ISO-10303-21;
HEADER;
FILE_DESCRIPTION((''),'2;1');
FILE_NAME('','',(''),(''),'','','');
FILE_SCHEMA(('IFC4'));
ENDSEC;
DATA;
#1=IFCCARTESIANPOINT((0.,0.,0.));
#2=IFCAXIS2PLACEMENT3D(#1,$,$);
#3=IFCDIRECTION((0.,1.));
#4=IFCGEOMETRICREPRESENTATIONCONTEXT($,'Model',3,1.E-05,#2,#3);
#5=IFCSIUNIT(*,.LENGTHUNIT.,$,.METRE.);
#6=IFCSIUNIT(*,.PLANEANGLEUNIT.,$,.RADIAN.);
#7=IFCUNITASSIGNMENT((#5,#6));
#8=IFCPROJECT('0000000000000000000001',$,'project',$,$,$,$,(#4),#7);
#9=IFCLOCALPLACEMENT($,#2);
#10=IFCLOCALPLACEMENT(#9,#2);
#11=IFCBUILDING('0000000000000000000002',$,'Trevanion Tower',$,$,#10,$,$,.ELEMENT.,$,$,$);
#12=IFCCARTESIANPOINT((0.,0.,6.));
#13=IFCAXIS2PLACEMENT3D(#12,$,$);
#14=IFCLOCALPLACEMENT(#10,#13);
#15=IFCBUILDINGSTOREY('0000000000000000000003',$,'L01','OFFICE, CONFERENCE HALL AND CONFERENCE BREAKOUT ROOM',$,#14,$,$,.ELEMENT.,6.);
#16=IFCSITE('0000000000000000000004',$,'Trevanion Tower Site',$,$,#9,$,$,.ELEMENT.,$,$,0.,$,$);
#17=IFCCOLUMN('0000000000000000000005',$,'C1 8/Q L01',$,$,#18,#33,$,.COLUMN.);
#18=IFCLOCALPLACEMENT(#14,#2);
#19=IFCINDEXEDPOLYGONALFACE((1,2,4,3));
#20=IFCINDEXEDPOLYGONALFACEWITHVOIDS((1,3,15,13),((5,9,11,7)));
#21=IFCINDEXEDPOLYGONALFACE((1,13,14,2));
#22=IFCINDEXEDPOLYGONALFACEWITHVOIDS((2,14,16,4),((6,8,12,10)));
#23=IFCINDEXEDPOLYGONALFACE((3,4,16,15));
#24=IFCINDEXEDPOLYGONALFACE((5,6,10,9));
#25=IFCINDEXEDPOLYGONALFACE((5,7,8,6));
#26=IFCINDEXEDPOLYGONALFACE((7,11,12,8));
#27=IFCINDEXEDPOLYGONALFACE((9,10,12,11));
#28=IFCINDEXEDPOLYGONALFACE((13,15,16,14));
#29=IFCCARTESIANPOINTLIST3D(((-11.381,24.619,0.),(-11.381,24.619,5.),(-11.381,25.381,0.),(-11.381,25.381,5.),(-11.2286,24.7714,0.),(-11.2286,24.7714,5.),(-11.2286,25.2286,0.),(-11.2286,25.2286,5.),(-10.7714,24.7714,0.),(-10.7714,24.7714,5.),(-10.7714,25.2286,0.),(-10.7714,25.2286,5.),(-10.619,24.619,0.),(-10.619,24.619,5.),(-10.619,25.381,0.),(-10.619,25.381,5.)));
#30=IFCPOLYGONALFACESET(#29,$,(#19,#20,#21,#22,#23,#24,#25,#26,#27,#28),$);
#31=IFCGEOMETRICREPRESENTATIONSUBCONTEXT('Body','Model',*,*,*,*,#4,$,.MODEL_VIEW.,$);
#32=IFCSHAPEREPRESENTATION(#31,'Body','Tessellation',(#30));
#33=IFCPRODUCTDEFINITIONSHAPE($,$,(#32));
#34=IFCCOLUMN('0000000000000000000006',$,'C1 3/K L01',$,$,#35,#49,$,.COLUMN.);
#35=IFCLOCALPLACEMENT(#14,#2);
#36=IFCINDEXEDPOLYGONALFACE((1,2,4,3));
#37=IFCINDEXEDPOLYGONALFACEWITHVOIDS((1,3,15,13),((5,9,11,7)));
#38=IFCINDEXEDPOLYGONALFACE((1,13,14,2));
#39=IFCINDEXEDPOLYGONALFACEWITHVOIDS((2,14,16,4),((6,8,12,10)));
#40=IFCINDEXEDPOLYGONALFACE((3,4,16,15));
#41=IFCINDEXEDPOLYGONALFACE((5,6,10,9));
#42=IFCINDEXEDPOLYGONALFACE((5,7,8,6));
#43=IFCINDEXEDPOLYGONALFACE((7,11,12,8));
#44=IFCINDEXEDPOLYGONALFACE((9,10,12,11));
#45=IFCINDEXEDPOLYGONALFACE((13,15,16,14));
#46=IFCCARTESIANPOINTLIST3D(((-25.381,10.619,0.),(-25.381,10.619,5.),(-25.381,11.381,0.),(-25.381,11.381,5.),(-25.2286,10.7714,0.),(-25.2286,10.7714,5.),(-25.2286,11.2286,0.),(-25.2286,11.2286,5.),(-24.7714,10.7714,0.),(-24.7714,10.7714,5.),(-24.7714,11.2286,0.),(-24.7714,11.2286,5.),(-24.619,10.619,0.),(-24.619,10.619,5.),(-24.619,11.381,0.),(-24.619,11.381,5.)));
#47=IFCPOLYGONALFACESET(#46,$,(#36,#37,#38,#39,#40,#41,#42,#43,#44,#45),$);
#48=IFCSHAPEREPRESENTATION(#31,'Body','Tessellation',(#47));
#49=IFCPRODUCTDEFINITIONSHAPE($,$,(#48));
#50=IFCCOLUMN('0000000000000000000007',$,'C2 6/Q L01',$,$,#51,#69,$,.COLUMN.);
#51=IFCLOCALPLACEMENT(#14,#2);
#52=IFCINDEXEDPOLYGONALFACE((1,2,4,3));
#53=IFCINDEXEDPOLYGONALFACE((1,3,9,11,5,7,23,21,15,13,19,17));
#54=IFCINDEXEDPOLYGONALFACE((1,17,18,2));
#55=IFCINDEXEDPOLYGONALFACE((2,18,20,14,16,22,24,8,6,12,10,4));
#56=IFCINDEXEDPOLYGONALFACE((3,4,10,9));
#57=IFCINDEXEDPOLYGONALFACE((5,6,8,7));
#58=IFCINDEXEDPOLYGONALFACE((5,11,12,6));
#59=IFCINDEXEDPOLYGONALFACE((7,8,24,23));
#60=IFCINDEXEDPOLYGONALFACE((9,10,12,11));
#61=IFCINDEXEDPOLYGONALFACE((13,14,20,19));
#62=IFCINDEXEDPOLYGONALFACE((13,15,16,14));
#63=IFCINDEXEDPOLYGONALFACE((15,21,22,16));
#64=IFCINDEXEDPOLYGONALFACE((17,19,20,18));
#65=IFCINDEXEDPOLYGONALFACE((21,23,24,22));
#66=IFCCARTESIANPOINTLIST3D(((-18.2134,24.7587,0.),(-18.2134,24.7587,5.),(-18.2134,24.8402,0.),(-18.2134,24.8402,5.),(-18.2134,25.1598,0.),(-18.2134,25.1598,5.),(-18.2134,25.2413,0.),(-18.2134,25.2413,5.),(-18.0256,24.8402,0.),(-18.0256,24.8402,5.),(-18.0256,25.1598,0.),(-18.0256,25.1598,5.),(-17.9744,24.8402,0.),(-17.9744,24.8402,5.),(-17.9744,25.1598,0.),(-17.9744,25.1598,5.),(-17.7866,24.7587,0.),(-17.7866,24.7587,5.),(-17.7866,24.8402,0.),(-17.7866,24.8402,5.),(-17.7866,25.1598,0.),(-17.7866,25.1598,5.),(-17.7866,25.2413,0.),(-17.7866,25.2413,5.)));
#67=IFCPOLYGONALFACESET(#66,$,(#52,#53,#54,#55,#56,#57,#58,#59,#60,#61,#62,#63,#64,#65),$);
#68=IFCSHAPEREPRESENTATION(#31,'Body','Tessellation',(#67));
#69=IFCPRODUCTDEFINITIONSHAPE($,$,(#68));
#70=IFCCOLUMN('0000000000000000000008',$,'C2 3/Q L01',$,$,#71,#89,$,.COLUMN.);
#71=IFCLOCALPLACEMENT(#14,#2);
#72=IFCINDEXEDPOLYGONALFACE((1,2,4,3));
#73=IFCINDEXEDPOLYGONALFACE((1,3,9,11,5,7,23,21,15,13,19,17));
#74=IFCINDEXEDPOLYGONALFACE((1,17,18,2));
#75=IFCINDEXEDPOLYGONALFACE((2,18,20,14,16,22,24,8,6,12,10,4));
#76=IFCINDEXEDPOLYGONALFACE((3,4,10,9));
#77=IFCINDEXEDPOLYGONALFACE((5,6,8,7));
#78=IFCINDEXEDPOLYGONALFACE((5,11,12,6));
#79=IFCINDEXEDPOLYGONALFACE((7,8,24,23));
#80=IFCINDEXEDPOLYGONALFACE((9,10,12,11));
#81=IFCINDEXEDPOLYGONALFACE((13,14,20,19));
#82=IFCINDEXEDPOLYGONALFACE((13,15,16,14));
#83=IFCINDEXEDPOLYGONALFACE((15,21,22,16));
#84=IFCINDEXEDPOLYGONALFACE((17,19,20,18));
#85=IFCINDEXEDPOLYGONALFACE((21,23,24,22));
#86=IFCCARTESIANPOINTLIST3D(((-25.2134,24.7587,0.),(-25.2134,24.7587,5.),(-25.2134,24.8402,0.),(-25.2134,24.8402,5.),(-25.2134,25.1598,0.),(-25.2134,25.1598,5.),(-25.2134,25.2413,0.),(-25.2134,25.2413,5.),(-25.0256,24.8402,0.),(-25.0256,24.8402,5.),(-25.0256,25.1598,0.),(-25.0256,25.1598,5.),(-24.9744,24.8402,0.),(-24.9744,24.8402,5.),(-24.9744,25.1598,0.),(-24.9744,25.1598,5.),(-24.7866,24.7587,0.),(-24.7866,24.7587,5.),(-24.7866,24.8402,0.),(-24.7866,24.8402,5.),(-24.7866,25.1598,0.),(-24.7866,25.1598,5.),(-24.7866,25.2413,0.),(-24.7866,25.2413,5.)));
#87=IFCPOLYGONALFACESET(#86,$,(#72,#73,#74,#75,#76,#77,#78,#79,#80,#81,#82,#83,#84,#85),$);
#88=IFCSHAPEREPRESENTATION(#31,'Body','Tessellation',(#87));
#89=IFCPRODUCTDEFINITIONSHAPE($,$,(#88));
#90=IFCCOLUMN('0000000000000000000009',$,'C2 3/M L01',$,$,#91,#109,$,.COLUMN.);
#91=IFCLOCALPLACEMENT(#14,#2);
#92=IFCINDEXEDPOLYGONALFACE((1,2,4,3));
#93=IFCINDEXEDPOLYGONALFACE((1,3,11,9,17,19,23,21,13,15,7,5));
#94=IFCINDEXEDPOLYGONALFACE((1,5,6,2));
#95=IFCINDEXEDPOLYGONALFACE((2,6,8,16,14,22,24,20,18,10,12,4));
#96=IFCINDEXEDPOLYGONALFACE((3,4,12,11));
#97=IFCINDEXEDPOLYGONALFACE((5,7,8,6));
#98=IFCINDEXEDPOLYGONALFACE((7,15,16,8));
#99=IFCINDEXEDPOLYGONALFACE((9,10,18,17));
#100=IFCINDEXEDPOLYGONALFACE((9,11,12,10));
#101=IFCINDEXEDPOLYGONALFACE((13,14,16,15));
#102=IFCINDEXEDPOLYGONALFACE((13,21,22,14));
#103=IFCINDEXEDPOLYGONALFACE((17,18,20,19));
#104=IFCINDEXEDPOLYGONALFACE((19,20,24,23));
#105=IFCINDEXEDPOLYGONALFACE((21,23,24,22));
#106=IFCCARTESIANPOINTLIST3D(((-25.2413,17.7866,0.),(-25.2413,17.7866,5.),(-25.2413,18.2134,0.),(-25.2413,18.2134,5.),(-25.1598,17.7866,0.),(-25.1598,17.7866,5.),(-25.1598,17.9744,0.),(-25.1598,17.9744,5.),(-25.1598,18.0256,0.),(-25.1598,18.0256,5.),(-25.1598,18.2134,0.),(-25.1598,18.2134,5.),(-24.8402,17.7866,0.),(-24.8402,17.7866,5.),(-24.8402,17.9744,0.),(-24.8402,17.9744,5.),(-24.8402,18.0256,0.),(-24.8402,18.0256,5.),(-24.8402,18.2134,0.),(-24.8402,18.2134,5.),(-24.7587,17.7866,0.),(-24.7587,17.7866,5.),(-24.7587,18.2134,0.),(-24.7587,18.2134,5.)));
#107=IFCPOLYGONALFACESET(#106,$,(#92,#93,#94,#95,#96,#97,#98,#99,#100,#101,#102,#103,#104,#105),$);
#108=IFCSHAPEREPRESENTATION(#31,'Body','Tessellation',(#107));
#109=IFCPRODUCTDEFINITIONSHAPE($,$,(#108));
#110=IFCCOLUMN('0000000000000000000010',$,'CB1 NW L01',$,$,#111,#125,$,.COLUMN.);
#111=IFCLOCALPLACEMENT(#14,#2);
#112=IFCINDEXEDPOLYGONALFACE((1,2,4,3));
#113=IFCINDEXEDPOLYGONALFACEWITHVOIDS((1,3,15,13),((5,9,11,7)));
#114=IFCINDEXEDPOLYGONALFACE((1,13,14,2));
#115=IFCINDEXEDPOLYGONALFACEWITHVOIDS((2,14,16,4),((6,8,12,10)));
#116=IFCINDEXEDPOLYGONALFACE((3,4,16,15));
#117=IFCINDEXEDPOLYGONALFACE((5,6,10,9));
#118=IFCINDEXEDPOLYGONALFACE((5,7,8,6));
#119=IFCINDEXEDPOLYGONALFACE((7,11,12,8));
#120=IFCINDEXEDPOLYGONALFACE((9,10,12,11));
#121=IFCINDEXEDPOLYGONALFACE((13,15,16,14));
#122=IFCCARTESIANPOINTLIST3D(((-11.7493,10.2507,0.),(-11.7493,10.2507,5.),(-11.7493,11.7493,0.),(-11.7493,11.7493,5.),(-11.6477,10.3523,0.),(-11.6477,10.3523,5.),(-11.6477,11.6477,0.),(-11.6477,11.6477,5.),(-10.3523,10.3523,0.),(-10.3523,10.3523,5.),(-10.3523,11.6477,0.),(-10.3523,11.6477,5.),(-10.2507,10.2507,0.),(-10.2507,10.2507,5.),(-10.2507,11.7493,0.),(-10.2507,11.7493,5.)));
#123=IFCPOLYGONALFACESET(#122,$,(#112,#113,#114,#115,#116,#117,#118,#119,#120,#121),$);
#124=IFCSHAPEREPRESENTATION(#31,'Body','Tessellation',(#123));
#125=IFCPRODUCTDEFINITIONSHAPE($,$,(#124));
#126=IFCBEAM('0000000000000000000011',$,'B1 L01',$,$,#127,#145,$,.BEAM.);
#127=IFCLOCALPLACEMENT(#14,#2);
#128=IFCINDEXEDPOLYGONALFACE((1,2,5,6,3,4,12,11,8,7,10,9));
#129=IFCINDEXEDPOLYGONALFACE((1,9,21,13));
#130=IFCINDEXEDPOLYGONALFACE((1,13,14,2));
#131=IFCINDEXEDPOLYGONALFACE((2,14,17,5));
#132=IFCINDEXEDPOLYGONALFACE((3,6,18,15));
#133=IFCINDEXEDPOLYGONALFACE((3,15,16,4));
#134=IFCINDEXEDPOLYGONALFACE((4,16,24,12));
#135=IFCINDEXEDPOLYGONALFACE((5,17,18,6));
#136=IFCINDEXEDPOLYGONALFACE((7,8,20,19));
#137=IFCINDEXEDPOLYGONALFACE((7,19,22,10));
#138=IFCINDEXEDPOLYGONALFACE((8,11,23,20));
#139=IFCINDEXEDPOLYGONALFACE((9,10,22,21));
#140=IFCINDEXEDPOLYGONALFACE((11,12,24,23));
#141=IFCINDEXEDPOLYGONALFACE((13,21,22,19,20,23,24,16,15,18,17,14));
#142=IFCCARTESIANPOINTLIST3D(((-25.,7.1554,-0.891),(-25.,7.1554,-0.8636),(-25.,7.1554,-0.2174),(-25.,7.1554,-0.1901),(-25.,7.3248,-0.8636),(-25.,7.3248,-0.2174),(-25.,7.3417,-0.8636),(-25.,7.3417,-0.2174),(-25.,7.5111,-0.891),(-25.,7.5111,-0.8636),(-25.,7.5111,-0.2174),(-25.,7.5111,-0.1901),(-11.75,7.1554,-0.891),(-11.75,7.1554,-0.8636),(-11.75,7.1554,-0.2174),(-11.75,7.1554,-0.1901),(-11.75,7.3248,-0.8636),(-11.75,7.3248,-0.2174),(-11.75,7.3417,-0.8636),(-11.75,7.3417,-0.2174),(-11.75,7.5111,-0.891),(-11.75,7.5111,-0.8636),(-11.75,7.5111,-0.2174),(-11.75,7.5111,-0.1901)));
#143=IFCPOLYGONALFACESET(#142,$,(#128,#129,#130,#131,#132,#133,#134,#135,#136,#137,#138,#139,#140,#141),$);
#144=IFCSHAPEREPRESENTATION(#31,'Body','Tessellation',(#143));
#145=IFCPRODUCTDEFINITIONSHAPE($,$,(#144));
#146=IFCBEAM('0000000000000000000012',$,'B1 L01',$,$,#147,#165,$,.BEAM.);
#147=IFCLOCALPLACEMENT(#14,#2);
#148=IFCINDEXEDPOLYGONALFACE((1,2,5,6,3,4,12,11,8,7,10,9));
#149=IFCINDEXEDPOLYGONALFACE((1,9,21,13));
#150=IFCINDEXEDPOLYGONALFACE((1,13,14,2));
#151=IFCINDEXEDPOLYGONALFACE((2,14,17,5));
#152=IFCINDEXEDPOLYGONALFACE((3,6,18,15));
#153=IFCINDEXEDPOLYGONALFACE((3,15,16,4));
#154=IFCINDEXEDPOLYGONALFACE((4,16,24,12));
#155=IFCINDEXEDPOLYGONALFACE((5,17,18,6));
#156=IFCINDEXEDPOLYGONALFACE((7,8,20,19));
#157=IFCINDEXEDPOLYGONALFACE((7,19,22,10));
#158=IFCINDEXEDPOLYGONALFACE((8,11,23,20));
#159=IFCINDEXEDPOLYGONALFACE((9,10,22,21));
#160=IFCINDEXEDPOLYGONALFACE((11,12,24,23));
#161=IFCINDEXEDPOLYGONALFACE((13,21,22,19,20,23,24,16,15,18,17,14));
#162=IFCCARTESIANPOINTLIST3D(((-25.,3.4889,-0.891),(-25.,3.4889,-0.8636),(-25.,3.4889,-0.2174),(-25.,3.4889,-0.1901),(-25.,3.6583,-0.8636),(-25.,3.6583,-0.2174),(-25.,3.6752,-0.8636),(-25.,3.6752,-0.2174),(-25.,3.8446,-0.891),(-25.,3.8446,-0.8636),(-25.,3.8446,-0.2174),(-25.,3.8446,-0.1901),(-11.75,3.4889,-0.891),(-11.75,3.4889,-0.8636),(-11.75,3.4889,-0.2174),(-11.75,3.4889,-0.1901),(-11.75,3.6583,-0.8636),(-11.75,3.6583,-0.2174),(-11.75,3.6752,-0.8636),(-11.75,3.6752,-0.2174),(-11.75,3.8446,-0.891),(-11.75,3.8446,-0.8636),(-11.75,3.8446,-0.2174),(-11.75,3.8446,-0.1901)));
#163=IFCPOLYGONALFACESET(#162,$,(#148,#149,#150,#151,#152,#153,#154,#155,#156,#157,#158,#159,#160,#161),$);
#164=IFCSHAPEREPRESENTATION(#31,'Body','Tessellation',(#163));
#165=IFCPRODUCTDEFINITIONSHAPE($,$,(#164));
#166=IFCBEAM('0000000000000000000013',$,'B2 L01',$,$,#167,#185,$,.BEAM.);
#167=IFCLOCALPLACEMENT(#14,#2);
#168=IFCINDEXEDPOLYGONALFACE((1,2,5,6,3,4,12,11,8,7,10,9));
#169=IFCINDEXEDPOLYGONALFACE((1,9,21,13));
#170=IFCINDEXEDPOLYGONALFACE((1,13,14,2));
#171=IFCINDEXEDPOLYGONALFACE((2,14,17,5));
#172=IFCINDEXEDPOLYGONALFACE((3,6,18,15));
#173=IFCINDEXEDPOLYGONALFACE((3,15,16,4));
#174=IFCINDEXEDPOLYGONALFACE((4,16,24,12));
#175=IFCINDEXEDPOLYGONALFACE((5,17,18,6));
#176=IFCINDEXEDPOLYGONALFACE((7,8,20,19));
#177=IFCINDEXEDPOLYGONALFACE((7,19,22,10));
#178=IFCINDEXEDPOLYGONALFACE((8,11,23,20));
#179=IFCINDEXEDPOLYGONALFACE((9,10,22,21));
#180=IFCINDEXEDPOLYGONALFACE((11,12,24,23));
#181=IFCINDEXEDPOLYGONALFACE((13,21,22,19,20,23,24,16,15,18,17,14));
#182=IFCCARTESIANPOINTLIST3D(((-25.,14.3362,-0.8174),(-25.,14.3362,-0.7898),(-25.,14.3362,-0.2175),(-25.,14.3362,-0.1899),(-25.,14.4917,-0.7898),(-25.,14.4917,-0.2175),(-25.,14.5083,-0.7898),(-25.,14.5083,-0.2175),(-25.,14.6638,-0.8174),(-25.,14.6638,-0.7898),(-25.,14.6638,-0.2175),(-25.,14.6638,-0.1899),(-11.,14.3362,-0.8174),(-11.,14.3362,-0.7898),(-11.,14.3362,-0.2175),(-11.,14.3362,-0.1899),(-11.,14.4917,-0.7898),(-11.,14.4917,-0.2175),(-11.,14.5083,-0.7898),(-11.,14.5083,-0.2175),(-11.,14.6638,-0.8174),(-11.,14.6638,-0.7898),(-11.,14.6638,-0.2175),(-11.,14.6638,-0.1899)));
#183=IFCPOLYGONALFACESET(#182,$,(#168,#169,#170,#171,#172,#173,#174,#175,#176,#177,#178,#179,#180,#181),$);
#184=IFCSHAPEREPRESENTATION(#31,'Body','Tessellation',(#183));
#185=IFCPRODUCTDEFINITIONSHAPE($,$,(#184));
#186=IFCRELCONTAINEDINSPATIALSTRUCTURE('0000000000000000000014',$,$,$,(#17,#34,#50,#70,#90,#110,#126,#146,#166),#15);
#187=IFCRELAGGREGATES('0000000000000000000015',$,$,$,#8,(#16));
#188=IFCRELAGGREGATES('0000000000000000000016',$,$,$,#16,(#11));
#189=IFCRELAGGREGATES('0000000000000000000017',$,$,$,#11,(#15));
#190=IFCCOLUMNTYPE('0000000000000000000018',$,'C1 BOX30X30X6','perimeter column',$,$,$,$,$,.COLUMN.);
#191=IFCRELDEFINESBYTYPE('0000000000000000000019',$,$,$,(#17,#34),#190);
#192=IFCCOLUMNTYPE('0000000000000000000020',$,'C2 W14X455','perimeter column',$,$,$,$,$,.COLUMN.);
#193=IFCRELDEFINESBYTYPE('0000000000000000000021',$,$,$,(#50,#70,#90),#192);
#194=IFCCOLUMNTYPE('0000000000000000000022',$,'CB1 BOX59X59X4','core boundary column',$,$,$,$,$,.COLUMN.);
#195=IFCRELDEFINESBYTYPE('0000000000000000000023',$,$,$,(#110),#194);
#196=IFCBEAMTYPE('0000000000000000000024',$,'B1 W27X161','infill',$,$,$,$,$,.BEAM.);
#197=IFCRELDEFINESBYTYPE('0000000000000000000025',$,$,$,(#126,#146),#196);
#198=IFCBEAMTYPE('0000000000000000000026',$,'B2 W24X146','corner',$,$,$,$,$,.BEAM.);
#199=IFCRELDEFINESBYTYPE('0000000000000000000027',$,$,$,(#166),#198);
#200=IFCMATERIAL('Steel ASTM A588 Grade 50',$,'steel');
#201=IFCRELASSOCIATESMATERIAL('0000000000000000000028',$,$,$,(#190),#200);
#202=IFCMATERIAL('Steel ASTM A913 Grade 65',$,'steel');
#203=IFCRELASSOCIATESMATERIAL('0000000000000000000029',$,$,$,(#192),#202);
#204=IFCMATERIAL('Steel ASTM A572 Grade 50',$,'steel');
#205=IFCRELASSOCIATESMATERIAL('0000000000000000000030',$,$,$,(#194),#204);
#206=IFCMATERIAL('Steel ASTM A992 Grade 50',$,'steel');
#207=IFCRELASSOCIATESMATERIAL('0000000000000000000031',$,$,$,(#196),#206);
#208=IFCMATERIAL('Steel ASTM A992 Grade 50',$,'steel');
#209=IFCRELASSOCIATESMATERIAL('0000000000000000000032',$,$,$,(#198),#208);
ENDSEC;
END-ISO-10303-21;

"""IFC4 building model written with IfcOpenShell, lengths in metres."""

from ifc_helpers import new_model, si_unit, direction, frame, origin, origin_2d, place, context, subcontext, project, spatial, hollow_rectangle, i_section, extrude, material, material_profile, profile_set, type_object, element, save


model = new_model("IFC4")

# Units and contexts
model_context = context("Model", 3, precision=1e-05, world=origin(), true_north=direction((0.0, 1.0)))
body_context = subcontext(model_context, "Body", "Model", "MODEL_VIEW")
ifc_project = project(units=[si_unit("LENGTHUNIT", "METRE"), si_unit("PLANEANGLEUNIT", "RADIAN")], contexts=[model_context])

# Site, building, storey
site_placement = place(None, origin())
site = spatial("IfcSite", under=ifc_project, at=site_placement, Name="Trevanion Tower Site", CompositionType="ELEMENT", RefElevation=0.0)
building_placement = place(site_placement, origin())
building = spatial("IfcBuilding", under=site, at=building_placement, Name="Trevanion Tower", CompositionType="ELEMENT")
storey_placement = place(building_placement, frame((0.0, 0.0, 6.0)))
storey = spatial("IfcBuildingStorey", under=building, at=storey_placement, Name="L01", Description="OFFICE, CONFERENCE HALL AND CONFERENCE BREAKOUT ROOM", CompositionType="ELEMENT", Elevation=6.0)

# Columns
ifc_material_1 = material(Name="Steel ASTM A588 Grade 50", Category="steel")
ifc_material_profile_1 = material_profile(ifc_material_1, hollow_rectangle(XDim=0.762, YDim=0.762, WallThickness=0.1523, at=origin_2d()), Name="BOX30X30X6")
ifc_profile_set_1 = profile_set([ifc_material_profile_1], Name="Steel ASTM A588 Grade 50")
column_type_1 = type_object("IfcColumnType", Name="C1 BOX30X30X6", Description="perimeter column", PredefinedType="COLUMN", material=ifc_profile_set_1)
for number, where, z_axis, x_axis, name in (
    (1, (-11.0, 25.0, 0.0), (0.0, 0.0, 1.0), (1.0, 0.0, 0.0), "C1 8/Q L01"),
    (2, (-25.0, 11.0, 0.0), (0.0, 0.0, 1.0), (0.0, 1.0, 0.0), "C1 3/K L01"),
):
    element("IfcColumn", number, at=place(storey_placement, frame(where, z_axis=z_axis, x_axis=x_axis)), inside=storey, type_object=column_type_1, Name=name, PredefinedType="COLUMN", context=body_context, shape_type="SweptSolid", body=[
        extrude(hollow_rectangle(XDim=0.762, YDim=0.762, WallThickness=0.1523, at=origin_2d()), origin(), (0.0, 0.0, 1.0), 5.0),
    ])
ifc_material_2 = material(Name="Steel ASTM A913 Grade 65", Category="steel")
ifc_material_profile_2 = material_profile(ifc_material_2, i_section(OverallWidth=0.4268, OverallDepth=0.4827, WebThickness=0.0513, FlangeThickness=0.0815, at=origin_2d()), Name="W14X455")
ifc_profile_set_2 = profile_set([ifc_material_profile_2], Name="Steel ASTM A913 Grade 65")
column_type_2 = type_object("IfcColumnType", Name="C2 W14X455", Description="perimeter column", PredefinedType="COLUMN", material=ifc_profile_set_2)
for number, where, z_axis, x_axis, name in (
    (3, (-18.0, 25.0, 0.0), (0.0, 0.0, 1.0), (1.0, 0.0, 0.0), "C2 6/Q L01"),
    (4, (-25.0, 25.0, 0.0), (0.0, 0.0, 1.0), (1.0, 0.0, 0.0), "C2 3/Q L01"),
    (5, (-25.0, 18.0, 0.0), (0.0, 0.0, 1.0), (0.0, 1.0, 0.0), "C2 3/M L01"),
):
    element("IfcColumn", number, at=place(storey_placement, frame(where, z_axis=z_axis, x_axis=x_axis)), inside=storey, type_object=column_type_2, Name=name, PredefinedType="COLUMN", context=body_context, shape_type="SweptSolid", body=[
        extrude(i_section(OverallWidth=0.4268, OverallDepth=0.4827, WebThickness=0.0513, FlangeThickness=0.0815, at=origin_2d()), origin(), (0.0, 0.0, 1.0), 5.0),
    ])
ifc_material_3 = material(Name="Steel ASTM A572 Grade 50", Category="steel")
ifc_material_profile_3 = material_profile(ifc_material_3, hollow_rectangle(XDim=1.4985, YDim=1.4985, WallThickness=0.1016, at=origin_2d()), Name="BOX59X59X4")
ifc_profile_set_3 = profile_set([ifc_material_profile_3], Name="Steel ASTM A572 Grade 50")
column_type_3 = type_object("IfcColumnType", Name="CB1 BOX59X59X4", Description="core boundary column", PredefinedType="COLUMN", material=ifc_profile_set_3)
column_placement = place(storey_placement, frame((-11.0, 11.0, 0.0), z_axis=(0.0, 0.0, 1.0), x_axis=(1.0, 0.0, 0.0)))
element("IfcColumn", 6, at=column_placement, inside=storey, type_object=column_type_3, Name="CB1 NW L01", PredefinedType="COLUMN", context=body_context, shape_type="SweptSolid", body=[
    extrude(hollow_rectangle(XDim=1.4985, YDim=1.4985, WallThickness=0.1016, at=origin_2d()), origin(), (0.0, 0.0, 1.0), 5.0),
])

# Beams
ifc_material_4 = material(Name="Steel ASTM A992 Grade 50", Category="steel")
ifc_material_profile_4 = material_profile(ifc_material_4, i_section(OverallWidth=0.3557, OverallDepth=0.7009, WebThickness=0.0168, FlangeThickness=0.0273, at=origin_2d()), Name="W27X161")
ifc_profile_set_4 = profile_set([ifc_material_profile_4], Name="Steel ASTM A992 Grade 50")
beam_type_1 = type_object("IfcBeamType", Name="B1 W27X161", Description="infill", PredefinedType="BEAM", material=ifc_profile_set_4)
for number, where, z_axis, x_axis, name in (
    (7, (-11.75, 7.3333, -0.5405), (-1.0, 0.0, 0.0), (0.0, -1.0, 0.0), "B1 L01"),
    (8, (-11.75, 3.6667, -0.5405), (-1.0, 0.0, 0.0), (0.0, -1.0, 0.0), "B1 L01"),
):
    element("IfcBeam", number, at=place(storey_placement, frame(where, z_axis=z_axis, x_axis=x_axis)), inside=storey, type_object=beam_type_1, Name=name, PredefinedType="BEAM", context=body_context, shape_type="SweptSolid", body=[
        extrude(i_section(OverallWidth=0.3557, OverallDepth=0.7009, WebThickness=0.0168, FlangeThickness=0.0273, at=origin_2d()), origin(), (0.0, 0.0, 1.0), 13.25),
    ])
ifc_material_5 = material(Name="Steel ASTM A992 Grade 50", Category="steel")
ifc_material_profile_5 = material_profile(ifc_material_5, i_section(OverallWidth=0.3276, OverallDepth=0.6274, WebThickness=0.0166, FlangeThickness=0.0276, at=origin_2d()), Name="W24X146")
ifc_profile_set_5 = profile_set([ifc_material_profile_5], Name="Steel ASTM A992 Grade 50")
beam_type_2 = type_object("IfcBeamType", Name="B2 W24X146", Description="corner", PredefinedType="BEAM", material=ifc_profile_set_5)
for number, where, z_axis, x_axis, name in (
    (9, (-11.0, 14.5, -0.5037), (-1.0, 0.0, 0.0), (0.0, -1.0, 0.0), "B2 L01"),
):
    element("IfcBeam", number, at=place(storey_placement, frame(where, z_axis=z_axis, x_axis=x_axis)), inside=storey, type_object=beam_type_2, Name=name, PredefinedType="BEAM", context=body_context, shape_type="SweptSolid", body=[
        extrude(i_section(OverallWidth=0.3276, OverallDepth=0.6274, WebThickness=0.0166, FlangeThickness=0.0276, at=origin_2d()), origin(), (0.0, 0.0, 1.0), 14.0),
    ])

save(model, "model.ifc")
